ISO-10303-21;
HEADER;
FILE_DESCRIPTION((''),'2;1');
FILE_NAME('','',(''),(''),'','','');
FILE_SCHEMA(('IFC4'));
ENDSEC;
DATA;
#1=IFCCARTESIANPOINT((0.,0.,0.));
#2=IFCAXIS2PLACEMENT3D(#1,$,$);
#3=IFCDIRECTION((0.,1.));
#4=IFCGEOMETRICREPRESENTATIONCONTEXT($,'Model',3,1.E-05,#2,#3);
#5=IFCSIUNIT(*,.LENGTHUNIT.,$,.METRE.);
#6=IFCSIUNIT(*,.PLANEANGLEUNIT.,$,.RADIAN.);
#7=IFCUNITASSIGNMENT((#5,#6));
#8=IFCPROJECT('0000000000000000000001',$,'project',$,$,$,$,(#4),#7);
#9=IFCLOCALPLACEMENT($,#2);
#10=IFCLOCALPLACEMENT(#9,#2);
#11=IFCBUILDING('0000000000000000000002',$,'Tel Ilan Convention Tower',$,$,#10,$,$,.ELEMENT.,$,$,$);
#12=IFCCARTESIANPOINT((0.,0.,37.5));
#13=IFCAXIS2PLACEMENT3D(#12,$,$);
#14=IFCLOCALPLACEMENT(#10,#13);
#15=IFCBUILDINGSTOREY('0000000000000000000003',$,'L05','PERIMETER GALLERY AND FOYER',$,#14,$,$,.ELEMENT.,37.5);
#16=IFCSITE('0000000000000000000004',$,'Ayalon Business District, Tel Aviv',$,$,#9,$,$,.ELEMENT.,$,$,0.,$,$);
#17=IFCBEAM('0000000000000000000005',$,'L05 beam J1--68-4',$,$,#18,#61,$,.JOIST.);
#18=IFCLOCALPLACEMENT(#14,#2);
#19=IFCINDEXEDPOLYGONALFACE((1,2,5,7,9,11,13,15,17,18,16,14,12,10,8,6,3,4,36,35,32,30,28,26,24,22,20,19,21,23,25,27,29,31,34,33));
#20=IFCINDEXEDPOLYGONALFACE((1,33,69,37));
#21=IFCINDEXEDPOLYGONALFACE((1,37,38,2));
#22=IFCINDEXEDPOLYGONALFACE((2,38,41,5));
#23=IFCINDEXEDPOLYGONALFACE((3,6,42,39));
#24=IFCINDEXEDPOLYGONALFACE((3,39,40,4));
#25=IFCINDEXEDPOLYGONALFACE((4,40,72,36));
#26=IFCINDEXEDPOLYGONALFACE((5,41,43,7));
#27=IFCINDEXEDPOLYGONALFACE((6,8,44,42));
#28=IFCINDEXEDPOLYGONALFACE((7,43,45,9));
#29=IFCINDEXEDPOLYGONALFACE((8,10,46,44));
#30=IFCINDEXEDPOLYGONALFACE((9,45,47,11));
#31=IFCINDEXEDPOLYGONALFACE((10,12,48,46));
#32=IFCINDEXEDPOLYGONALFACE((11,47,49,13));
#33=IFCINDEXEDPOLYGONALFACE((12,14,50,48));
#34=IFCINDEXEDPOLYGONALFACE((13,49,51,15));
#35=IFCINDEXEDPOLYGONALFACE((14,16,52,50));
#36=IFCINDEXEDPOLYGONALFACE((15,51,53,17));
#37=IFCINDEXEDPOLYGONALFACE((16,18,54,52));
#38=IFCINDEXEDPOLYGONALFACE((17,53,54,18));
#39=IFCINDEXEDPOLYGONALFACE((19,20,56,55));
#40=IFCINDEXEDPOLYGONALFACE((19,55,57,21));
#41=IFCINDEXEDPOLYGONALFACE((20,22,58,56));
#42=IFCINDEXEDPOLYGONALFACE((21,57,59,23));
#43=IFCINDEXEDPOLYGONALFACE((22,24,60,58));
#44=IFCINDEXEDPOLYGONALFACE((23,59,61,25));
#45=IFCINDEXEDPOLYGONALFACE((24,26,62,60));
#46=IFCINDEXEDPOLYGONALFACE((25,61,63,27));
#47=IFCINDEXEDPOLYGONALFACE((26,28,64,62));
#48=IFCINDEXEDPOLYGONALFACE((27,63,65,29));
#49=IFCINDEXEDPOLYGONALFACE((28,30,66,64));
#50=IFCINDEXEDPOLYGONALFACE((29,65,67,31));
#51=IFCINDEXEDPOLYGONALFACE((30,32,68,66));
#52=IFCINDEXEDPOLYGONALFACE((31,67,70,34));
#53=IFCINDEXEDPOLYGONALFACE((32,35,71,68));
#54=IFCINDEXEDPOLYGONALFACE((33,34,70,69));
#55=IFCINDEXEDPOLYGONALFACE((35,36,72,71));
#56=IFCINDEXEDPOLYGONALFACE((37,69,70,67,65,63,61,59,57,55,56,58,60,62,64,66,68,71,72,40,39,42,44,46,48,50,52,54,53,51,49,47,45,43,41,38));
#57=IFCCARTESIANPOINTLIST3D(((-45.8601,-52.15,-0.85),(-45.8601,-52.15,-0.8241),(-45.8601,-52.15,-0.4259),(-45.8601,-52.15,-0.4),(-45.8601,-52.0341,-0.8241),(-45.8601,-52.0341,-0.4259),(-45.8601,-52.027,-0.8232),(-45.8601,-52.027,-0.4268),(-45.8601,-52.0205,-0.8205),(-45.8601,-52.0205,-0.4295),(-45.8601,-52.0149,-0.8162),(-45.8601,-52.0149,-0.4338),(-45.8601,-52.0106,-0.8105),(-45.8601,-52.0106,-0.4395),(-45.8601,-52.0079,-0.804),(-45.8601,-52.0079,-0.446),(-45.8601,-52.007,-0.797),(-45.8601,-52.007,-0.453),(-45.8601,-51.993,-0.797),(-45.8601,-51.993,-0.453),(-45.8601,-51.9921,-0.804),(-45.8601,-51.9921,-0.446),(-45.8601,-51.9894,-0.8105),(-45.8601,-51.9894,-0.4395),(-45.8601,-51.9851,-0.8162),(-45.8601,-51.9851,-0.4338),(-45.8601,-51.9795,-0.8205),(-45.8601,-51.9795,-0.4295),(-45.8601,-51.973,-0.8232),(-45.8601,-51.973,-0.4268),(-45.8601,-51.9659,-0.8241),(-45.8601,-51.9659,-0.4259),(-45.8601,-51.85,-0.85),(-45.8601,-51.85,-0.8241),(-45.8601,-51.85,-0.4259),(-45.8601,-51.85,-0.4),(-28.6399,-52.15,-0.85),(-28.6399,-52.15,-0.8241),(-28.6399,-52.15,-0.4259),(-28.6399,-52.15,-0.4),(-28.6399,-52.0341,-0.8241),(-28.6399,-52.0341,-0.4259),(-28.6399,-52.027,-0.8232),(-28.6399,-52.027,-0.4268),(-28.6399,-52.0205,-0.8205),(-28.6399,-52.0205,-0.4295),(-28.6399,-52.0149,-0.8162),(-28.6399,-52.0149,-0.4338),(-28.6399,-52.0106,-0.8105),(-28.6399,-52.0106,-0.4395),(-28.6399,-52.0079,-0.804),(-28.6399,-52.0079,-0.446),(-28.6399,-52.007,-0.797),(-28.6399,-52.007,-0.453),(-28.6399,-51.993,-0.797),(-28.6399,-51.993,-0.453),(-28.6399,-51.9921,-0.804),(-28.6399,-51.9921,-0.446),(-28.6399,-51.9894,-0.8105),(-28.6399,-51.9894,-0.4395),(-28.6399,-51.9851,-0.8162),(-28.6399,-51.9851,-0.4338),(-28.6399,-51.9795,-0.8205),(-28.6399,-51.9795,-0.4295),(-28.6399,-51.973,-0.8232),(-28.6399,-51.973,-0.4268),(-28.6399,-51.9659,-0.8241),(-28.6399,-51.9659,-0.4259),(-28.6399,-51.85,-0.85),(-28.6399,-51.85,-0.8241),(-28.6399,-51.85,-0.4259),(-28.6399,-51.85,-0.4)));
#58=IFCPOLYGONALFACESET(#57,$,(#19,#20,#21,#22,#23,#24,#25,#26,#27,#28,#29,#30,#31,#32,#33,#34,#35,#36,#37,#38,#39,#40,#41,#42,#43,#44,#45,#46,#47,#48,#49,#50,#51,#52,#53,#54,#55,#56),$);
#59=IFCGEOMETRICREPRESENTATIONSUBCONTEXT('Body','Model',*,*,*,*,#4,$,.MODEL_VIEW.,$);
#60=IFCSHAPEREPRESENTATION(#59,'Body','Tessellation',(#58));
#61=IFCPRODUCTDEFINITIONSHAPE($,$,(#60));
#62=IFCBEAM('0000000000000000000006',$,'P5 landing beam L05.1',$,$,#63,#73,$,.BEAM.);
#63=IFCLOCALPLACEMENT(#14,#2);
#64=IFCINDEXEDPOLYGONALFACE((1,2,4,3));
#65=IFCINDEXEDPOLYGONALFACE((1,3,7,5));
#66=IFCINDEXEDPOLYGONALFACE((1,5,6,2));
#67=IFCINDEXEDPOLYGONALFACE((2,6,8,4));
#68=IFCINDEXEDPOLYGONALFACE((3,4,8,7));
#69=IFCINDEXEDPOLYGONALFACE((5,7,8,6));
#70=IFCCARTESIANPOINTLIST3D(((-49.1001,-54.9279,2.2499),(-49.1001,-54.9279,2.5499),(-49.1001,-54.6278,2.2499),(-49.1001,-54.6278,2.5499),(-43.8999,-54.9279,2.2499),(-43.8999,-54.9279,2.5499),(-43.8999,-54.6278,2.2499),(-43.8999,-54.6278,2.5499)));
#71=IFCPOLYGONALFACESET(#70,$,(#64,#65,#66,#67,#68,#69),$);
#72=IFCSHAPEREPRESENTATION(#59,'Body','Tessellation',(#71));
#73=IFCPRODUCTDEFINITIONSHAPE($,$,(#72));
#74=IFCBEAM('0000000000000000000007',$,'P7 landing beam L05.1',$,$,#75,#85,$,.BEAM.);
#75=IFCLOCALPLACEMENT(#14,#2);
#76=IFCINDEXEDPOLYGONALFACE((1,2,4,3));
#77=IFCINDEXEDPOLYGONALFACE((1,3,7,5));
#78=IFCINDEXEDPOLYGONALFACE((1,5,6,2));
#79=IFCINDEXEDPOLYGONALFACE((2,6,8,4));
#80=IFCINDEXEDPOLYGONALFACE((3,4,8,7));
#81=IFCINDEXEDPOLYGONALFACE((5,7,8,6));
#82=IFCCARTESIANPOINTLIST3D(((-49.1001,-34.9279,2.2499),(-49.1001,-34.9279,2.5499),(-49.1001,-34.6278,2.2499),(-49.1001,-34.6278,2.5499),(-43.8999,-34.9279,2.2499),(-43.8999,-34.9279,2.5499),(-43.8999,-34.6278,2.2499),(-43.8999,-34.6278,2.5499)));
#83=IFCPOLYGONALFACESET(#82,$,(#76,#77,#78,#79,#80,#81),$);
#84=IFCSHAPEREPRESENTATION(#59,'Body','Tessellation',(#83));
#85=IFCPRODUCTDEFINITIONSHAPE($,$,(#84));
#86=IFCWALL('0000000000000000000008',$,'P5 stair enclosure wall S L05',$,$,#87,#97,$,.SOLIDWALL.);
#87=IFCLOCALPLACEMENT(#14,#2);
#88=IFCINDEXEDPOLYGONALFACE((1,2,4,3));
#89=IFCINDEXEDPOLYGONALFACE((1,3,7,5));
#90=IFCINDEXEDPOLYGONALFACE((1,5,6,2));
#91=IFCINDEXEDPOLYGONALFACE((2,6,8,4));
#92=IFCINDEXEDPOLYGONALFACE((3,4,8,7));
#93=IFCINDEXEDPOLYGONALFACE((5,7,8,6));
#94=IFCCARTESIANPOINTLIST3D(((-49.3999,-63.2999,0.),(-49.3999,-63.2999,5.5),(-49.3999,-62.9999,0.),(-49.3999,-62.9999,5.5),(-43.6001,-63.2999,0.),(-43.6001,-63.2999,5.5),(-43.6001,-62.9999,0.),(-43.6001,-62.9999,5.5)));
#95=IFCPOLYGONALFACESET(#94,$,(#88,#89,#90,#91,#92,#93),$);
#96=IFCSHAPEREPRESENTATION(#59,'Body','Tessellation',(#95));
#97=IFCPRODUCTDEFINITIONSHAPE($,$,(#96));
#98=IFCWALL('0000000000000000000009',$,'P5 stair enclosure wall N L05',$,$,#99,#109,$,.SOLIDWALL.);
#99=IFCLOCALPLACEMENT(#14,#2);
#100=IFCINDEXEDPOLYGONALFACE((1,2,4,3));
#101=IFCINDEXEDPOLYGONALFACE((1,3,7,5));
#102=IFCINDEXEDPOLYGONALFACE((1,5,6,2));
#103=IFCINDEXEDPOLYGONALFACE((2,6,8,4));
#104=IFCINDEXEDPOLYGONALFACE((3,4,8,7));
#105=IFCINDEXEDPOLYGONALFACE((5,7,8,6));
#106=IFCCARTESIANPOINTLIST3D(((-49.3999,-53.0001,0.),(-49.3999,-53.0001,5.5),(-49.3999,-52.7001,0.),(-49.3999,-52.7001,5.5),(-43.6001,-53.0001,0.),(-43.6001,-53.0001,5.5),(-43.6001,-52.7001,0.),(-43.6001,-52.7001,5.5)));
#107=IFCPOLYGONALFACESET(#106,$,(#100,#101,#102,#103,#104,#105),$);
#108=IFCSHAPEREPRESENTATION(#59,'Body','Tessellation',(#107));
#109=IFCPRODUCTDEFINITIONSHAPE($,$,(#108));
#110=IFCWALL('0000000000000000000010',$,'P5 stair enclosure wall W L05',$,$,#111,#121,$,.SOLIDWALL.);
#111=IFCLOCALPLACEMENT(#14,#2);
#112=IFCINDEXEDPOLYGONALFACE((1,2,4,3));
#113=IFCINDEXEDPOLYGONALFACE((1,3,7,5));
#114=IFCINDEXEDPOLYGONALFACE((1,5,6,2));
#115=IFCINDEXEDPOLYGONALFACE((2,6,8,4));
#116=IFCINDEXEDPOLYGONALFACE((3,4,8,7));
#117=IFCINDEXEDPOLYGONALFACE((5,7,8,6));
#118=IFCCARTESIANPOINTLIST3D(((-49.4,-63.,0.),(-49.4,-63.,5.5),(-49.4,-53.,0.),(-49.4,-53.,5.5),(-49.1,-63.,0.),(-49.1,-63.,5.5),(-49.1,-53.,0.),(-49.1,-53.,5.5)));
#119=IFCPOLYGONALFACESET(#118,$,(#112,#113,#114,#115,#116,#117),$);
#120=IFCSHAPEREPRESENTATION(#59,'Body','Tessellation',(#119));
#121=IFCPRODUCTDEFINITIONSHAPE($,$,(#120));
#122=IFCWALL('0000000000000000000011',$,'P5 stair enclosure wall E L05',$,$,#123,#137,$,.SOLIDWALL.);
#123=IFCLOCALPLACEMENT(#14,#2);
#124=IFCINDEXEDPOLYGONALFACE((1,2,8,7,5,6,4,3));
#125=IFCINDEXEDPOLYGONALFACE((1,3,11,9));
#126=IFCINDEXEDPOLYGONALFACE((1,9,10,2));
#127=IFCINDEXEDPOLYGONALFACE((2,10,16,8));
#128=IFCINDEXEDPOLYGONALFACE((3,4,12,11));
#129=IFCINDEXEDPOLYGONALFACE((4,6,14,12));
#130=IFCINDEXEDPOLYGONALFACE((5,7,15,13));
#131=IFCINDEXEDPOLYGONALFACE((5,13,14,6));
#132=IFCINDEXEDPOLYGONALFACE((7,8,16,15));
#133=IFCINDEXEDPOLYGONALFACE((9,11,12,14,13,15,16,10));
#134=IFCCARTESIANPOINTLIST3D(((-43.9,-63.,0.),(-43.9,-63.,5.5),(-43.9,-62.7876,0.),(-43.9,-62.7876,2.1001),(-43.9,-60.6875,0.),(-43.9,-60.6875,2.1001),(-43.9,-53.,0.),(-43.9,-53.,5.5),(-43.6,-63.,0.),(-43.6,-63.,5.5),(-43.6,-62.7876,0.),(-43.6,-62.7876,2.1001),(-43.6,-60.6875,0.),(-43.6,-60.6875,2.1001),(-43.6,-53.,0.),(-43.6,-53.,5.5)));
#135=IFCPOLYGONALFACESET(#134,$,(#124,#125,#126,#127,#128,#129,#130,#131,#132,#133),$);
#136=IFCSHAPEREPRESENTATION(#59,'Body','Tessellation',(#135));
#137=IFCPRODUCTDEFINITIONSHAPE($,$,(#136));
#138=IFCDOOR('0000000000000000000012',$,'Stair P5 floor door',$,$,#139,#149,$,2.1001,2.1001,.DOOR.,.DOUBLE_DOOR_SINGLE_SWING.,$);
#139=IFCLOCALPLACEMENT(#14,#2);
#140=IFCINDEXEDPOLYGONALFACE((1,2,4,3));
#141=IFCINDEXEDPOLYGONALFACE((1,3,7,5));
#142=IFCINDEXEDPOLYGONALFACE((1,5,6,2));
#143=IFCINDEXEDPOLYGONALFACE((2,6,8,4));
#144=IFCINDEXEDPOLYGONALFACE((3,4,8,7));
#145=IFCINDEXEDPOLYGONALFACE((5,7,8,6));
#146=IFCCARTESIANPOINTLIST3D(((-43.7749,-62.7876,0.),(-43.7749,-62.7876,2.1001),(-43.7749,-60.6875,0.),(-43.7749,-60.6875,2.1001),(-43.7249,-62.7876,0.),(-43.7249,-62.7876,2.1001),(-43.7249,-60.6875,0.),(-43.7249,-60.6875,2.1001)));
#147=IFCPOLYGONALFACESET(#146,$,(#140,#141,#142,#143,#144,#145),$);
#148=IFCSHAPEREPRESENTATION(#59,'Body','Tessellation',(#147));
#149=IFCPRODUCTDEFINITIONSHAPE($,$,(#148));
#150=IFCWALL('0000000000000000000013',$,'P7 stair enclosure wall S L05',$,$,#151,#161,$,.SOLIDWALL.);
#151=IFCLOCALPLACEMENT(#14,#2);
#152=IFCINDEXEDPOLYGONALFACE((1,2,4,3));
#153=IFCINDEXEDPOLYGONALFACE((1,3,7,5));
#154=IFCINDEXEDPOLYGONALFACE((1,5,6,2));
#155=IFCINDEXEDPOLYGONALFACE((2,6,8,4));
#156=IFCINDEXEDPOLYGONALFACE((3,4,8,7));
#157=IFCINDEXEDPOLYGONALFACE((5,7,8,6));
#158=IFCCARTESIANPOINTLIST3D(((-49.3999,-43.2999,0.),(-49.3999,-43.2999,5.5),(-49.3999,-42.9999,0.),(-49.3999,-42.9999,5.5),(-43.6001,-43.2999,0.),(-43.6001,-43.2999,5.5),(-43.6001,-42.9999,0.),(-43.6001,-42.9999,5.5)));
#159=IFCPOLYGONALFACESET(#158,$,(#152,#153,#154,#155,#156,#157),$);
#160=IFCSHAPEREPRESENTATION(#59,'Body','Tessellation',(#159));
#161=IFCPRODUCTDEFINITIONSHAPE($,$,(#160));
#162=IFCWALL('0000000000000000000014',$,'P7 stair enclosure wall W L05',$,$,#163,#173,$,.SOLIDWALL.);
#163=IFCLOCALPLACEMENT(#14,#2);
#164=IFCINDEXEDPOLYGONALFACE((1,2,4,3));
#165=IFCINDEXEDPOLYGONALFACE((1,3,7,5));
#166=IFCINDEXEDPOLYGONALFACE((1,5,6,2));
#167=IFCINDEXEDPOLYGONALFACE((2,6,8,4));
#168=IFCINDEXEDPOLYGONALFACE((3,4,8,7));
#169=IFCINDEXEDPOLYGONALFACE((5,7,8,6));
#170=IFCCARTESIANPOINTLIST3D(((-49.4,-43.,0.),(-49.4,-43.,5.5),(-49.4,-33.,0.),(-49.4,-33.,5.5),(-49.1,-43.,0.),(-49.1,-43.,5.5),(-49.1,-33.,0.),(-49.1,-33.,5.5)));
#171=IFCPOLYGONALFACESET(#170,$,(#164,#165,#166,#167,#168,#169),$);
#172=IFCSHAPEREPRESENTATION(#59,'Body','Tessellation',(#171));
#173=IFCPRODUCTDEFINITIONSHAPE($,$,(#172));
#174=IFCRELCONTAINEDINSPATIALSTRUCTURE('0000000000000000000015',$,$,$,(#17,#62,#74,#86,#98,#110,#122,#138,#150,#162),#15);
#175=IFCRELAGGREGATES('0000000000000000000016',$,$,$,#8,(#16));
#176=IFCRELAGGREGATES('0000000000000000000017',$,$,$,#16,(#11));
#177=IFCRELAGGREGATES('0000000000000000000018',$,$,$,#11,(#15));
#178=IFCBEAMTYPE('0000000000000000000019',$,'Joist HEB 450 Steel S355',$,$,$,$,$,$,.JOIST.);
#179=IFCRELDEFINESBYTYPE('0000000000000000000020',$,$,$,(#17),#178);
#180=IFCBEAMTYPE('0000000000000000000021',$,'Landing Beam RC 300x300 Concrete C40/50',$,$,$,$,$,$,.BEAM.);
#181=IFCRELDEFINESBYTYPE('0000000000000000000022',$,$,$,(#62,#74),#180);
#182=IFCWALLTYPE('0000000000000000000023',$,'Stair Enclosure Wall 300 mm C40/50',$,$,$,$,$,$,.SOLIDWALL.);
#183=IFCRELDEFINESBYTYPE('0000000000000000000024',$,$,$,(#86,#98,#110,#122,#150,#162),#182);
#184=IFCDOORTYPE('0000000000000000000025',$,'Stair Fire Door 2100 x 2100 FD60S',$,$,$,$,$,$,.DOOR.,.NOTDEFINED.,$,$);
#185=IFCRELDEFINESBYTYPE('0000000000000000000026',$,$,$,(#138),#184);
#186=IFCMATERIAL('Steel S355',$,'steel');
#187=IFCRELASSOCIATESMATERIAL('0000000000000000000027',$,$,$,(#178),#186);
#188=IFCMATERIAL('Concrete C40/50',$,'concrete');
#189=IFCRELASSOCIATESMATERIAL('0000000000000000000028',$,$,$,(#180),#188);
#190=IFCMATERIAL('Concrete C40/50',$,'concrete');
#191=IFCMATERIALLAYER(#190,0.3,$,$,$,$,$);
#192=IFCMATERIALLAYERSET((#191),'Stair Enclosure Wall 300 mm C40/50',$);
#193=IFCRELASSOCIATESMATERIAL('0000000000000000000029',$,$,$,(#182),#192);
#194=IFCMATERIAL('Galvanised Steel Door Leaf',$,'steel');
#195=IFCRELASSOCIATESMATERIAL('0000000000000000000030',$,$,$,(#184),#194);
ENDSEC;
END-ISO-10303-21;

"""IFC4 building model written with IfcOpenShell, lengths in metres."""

from ifc_helpers import new_model, si_unit, direction, frame, frame_2d, origin, origin_2d, place, context, subcontext, project, spatial, rectangle, i_section, extrude, material, layer, layer_set, material_profile, profile_set, type_object, element, fill, save


model = new_model("IFC4")

# Units and contexts
model_context = context("Model", 3, precision=1e-05, world=origin(), true_north=direction((0.0, 1.0)))
body_context = subcontext(model_context, "Body", "Model", "MODEL_VIEW")
ifc_project = project(units=[si_unit("LENGTHUNIT", "METRE"), si_unit("PLANEANGLEUNIT", "RADIAN")], contexts=[model_context])

# Site, building, storey
site_placement = place(None, origin())
site = spatial("IfcSite", under=ifc_project, at=site_placement, Name="Ayalon Business District, Tel Aviv", CompositionType="ELEMENT", RefElevation=0.0)
building_placement = place(site_placement, origin())
building = spatial("IfcBuilding", under=site, at=building_placement, Name="Tel Ilan Convention Tower", CompositionType="ELEMENT")
storey_placement = place(building_placement, frame((0.0, 0.0, 37.5)))
storey = spatial("IfcBuildingStorey", under=building, at=storey_placement, Name="L05", Description="PERIMETER GALLERY AND FOYER", CompositionType="ELEMENT", Elevation=37.5)

# Beams
ifc_material_1 = material(Name="Steel S355", Category="steel")
ifc_material_profile_1 = material_profile(ifc_material_1, i_section(OverallWidth=0.3, OverallDepth=0.45, WebThickness=0.0139, FlangeThickness=0.0259, FilletRadius=0.0271, at=origin_2d()), Name="HEB 450")
ifc_profile_set_1 = profile_set([ifc_material_profile_1], Name="Steel S355")
beam_type_1 = type_object("IfcBeamType", Name="Joist HEB 450 Steel S355", PredefinedType="JOIST", material=ifc_profile_set_1)
for number, where, z_axis, x_axis, name in (
    (1, (-45.8601, -52.0, -0.625), (1.0, 0.0, 0.0), (0.0, 1.0, 0.0), "L05 beam J1--68-4"),
):
    element("IfcBeam", number, at=place(storey_placement, frame(where, z_axis=z_axis, x_axis=x_axis)), inside=storey, type_object=beam_type_1, Name=name, PredefinedType="JOIST", context=body_context, shape_type="SweptSolid", body=[
        extrude(i_section(OverallWidth=0.3, OverallDepth=0.45, WebThickness=0.0139, FlangeThickness=0.0259, FilletRadius=0.0271, at=origin_2d()), origin(), (0.0, 0.0, 1.0), 17.2202),
    ])
ifc_material_2 = material(Name="Concrete C40/50", Category="concrete")
ifc_material_profile_2 = material_profile(ifc_material_2, rectangle(XDim=0.3, YDim=0.3, at=origin_2d()), Name="RC 300x300")
ifc_profile_set_2 = profile_set([ifc_material_profile_2], Name="Concrete C40/50")
beam_type_2 = type_object("IfcBeamType", Name="Landing Beam RC 300x300 Concrete C40/50", PredefinedType="BEAM", material=ifc_profile_set_2)
for number, where, z_axis, x_axis, name in (
    (2, (-43.8999, -54.7778, 2.3999), (-1.0, 0.0, 0.0), (0.0, -1.0, 0.0), "P5 landing beam L05.1"),
    (3, (-43.8999, -34.7778, 2.3999), (-1.0, 0.0, 0.0), (0.0, -1.0, 0.0), "P7 landing beam L05.1"),
):
    element("IfcBeam", number, at=place(storey_placement, frame(where, z_axis=z_axis, x_axis=x_axis)), inside=storey, type_object=beam_type_2, Name=name, PredefinedType="BEAM", context=body_context, shape_type="SweptSolid", body=[
        extrude(rectangle(XDim=0.3, YDim=0.3, at=origin_2d()), origin(), (0.0, 0.0, 1.0), 5.2002),
    ])

# Walls
ifc_material_3 = material(Name="Concrete C40/50", Category="concrete")
ifc_layer = layer(ifc_material_3, 0.3)
ifc_layer_set = layer_set([ifc_layer], Name="Stair Enclosure Wall 300 mm C40/50")
wall_type = type_object("IfcWallType", Name="Stair Enclosure Wall 300 mm C40/50", PredefinedType="SOLIDWALL", material=ifc_layer_set)
for number, where, z_axis, x_axis, name in (
    (4, (-49.3999, -63.1499, 0.0), (0.0, 0.0, 1.0), (1.0, 0.0, 0.0), "P5 stair enclosure wall S L05"),
    (5, (-49.3999, -52.8501, 0.0), (0.0, 0.0, 1.0), (1.0, 0.0, 0.0), "P5 stair enclosure wall N L05"),
):
    element("IfcWall", number, at=place(storey_placement, frame(where, z_axis=z_axis, x_axis=x_axis)), inside=storey, type_object=wall_type, Name=name, PredefinedType="SOLIDWALL", context=body_context, shape_type="SweptSolid", body=[
        extrude(rectangle(XDim=5.7998, YDim=0.3, at=frame_2d((2.8999, 0.0))), origin(), (0.0, 0.0, 1.0), 5.5),
    ])
wall_1_placement = place(storey_placement, frame((-49.25, -63.0, 0.0), z_axis=(0.0, 0.0, 1.0), x_axis=(0.0, 1.0, 0.0)))
element("IfcWall", 6, at=wall_1_placement, inside=storey, type_object=wall_type, Name="P5 stair enclosure wall W L05", PredefinedType="SOLIDWALL", context=body_context, shape_type="SweptSolid", body=[
    extrude(rectangle(XDim=10.0, YDim=0.3, at=frame_2d((5.0, 0.0))), origin(), (0.0, 0.0, 1.0), 5.5),
])

# Wall, opening, door
wall_2_placement = place(storey_placement, frame((-43.75, -63.0, 0.0), z_axis=(0.0, 0.0, 1.0), x_axis=(0.0, 1.0, 0.0)))
wall_2 = element("IfcWall", 7, at=wall_2_placement, inside=storey, type_object=wall_type, Name="P5 stair enclosure wall E L05", PredefinedType="SOLIDWALL", context=body_context, shape_type="SweptSolid", body=[
    extrude(rectangle(XDim=10.0, YDim=0.3, at=frame_2d((5.0, 0.0))), origin(), (0.0, 0.0, 1.0), 5.5),
])
opening_placement = place(wall_2_placement, frame((0.2124, 0.0, 0.0)))
opening = element("IfcOpeningElement", 8, at=opening_placement, cuts=wall_2, PredefinedType="OPENING", context=body_context, shape_type="SweptSolid", body=[
    extrude(rectangle(XDim=2.1001, YDim=2.1001, at=frame_2d((1.05, 1.05))), frame((0.0, 0.1599, 0.0), z_axis=(0.0, -1.0, 0.0), x_axis=(1.0, 0.0, 0.0)), (0.0, 0.0, 1.0), 0.3201),
])
ifc_material_4 = material(Name="Galvanised Steel Door Leaf", Category="steel")
door_type = type_object("IfcDoorType", Name="Stair Fire Door 2100 x 2100 FD60S", OperationType="NOTDEFINED", PredefinedType="DOOR", material=ifc_material_4)
door_placement = place(opening_placement, origin())
door = element("IfcDoor", 9, at=door_placement, inside=storey, type_object=door_type, Name="Stair P5 floor door", OperationType="DOUBLE_DOOR_SINGLE_SWING", OverallHeight=2.1001, OverallWidth=2.1001, PredefinedType="DOOR", context=body_context, shape_type="SweptSolid", body=[
    extrude(rectangle(XDim=2.1001, YDim=2.1001, at=frame_2d((1.05, 1.05))), frame((0.0, 0.0249, 0.0), z_axis=(0.0, -1.0, 0.0), x_axis=(1.0, 0.0, 0.0)), (0.0, 0.0, 1.0), 0.05),
])
fill(opening, door)

# Walls
wall_3_placement = place(storey_placement, frame((-49.3999, -43.1499, 0.0), z_axis=(0.0, 0.0, 1.0), x_axis=(1.0, 0.0, 0.0)))
element("IfcWall", 10, at=wall_3_placement, inside=storey, type_object=wall_type, Name="P7 stair enclosure wall S L05", PredefinedType="SOLIDWALL", context=body_context, shape_type="SweptSolid", body=[
    extrude(rectangle(XDim=5.7998, YDim=0.3, at=frame_2d((2.8999, 0.0))), origin(), (0.0, 0.0, 1.0), 5.5),
])
wall_4_placement = place(storey_placement, frame((-49.25, -43.0, 0.0), z_axis=(0.0, 0.0, 1.0), x_axis=(0.0, 1.0, 0.0)))
element("IfcWall", 11, at=wall_4_placement, inside=storey, type_object=wall_type, Name="P7 stair enclosure wall W L05", PredefinedType="SOLIDWALL", context=body_context, shape_type="SweptSolid", body=[
    extrude(rectangle(XDim=10.0, YDim=0.3, at=frame_2d((5.0, 0.0))), origin(), (0.0, 0.0, 1.0), 5.5),
])

save(model, "model.ifc")
